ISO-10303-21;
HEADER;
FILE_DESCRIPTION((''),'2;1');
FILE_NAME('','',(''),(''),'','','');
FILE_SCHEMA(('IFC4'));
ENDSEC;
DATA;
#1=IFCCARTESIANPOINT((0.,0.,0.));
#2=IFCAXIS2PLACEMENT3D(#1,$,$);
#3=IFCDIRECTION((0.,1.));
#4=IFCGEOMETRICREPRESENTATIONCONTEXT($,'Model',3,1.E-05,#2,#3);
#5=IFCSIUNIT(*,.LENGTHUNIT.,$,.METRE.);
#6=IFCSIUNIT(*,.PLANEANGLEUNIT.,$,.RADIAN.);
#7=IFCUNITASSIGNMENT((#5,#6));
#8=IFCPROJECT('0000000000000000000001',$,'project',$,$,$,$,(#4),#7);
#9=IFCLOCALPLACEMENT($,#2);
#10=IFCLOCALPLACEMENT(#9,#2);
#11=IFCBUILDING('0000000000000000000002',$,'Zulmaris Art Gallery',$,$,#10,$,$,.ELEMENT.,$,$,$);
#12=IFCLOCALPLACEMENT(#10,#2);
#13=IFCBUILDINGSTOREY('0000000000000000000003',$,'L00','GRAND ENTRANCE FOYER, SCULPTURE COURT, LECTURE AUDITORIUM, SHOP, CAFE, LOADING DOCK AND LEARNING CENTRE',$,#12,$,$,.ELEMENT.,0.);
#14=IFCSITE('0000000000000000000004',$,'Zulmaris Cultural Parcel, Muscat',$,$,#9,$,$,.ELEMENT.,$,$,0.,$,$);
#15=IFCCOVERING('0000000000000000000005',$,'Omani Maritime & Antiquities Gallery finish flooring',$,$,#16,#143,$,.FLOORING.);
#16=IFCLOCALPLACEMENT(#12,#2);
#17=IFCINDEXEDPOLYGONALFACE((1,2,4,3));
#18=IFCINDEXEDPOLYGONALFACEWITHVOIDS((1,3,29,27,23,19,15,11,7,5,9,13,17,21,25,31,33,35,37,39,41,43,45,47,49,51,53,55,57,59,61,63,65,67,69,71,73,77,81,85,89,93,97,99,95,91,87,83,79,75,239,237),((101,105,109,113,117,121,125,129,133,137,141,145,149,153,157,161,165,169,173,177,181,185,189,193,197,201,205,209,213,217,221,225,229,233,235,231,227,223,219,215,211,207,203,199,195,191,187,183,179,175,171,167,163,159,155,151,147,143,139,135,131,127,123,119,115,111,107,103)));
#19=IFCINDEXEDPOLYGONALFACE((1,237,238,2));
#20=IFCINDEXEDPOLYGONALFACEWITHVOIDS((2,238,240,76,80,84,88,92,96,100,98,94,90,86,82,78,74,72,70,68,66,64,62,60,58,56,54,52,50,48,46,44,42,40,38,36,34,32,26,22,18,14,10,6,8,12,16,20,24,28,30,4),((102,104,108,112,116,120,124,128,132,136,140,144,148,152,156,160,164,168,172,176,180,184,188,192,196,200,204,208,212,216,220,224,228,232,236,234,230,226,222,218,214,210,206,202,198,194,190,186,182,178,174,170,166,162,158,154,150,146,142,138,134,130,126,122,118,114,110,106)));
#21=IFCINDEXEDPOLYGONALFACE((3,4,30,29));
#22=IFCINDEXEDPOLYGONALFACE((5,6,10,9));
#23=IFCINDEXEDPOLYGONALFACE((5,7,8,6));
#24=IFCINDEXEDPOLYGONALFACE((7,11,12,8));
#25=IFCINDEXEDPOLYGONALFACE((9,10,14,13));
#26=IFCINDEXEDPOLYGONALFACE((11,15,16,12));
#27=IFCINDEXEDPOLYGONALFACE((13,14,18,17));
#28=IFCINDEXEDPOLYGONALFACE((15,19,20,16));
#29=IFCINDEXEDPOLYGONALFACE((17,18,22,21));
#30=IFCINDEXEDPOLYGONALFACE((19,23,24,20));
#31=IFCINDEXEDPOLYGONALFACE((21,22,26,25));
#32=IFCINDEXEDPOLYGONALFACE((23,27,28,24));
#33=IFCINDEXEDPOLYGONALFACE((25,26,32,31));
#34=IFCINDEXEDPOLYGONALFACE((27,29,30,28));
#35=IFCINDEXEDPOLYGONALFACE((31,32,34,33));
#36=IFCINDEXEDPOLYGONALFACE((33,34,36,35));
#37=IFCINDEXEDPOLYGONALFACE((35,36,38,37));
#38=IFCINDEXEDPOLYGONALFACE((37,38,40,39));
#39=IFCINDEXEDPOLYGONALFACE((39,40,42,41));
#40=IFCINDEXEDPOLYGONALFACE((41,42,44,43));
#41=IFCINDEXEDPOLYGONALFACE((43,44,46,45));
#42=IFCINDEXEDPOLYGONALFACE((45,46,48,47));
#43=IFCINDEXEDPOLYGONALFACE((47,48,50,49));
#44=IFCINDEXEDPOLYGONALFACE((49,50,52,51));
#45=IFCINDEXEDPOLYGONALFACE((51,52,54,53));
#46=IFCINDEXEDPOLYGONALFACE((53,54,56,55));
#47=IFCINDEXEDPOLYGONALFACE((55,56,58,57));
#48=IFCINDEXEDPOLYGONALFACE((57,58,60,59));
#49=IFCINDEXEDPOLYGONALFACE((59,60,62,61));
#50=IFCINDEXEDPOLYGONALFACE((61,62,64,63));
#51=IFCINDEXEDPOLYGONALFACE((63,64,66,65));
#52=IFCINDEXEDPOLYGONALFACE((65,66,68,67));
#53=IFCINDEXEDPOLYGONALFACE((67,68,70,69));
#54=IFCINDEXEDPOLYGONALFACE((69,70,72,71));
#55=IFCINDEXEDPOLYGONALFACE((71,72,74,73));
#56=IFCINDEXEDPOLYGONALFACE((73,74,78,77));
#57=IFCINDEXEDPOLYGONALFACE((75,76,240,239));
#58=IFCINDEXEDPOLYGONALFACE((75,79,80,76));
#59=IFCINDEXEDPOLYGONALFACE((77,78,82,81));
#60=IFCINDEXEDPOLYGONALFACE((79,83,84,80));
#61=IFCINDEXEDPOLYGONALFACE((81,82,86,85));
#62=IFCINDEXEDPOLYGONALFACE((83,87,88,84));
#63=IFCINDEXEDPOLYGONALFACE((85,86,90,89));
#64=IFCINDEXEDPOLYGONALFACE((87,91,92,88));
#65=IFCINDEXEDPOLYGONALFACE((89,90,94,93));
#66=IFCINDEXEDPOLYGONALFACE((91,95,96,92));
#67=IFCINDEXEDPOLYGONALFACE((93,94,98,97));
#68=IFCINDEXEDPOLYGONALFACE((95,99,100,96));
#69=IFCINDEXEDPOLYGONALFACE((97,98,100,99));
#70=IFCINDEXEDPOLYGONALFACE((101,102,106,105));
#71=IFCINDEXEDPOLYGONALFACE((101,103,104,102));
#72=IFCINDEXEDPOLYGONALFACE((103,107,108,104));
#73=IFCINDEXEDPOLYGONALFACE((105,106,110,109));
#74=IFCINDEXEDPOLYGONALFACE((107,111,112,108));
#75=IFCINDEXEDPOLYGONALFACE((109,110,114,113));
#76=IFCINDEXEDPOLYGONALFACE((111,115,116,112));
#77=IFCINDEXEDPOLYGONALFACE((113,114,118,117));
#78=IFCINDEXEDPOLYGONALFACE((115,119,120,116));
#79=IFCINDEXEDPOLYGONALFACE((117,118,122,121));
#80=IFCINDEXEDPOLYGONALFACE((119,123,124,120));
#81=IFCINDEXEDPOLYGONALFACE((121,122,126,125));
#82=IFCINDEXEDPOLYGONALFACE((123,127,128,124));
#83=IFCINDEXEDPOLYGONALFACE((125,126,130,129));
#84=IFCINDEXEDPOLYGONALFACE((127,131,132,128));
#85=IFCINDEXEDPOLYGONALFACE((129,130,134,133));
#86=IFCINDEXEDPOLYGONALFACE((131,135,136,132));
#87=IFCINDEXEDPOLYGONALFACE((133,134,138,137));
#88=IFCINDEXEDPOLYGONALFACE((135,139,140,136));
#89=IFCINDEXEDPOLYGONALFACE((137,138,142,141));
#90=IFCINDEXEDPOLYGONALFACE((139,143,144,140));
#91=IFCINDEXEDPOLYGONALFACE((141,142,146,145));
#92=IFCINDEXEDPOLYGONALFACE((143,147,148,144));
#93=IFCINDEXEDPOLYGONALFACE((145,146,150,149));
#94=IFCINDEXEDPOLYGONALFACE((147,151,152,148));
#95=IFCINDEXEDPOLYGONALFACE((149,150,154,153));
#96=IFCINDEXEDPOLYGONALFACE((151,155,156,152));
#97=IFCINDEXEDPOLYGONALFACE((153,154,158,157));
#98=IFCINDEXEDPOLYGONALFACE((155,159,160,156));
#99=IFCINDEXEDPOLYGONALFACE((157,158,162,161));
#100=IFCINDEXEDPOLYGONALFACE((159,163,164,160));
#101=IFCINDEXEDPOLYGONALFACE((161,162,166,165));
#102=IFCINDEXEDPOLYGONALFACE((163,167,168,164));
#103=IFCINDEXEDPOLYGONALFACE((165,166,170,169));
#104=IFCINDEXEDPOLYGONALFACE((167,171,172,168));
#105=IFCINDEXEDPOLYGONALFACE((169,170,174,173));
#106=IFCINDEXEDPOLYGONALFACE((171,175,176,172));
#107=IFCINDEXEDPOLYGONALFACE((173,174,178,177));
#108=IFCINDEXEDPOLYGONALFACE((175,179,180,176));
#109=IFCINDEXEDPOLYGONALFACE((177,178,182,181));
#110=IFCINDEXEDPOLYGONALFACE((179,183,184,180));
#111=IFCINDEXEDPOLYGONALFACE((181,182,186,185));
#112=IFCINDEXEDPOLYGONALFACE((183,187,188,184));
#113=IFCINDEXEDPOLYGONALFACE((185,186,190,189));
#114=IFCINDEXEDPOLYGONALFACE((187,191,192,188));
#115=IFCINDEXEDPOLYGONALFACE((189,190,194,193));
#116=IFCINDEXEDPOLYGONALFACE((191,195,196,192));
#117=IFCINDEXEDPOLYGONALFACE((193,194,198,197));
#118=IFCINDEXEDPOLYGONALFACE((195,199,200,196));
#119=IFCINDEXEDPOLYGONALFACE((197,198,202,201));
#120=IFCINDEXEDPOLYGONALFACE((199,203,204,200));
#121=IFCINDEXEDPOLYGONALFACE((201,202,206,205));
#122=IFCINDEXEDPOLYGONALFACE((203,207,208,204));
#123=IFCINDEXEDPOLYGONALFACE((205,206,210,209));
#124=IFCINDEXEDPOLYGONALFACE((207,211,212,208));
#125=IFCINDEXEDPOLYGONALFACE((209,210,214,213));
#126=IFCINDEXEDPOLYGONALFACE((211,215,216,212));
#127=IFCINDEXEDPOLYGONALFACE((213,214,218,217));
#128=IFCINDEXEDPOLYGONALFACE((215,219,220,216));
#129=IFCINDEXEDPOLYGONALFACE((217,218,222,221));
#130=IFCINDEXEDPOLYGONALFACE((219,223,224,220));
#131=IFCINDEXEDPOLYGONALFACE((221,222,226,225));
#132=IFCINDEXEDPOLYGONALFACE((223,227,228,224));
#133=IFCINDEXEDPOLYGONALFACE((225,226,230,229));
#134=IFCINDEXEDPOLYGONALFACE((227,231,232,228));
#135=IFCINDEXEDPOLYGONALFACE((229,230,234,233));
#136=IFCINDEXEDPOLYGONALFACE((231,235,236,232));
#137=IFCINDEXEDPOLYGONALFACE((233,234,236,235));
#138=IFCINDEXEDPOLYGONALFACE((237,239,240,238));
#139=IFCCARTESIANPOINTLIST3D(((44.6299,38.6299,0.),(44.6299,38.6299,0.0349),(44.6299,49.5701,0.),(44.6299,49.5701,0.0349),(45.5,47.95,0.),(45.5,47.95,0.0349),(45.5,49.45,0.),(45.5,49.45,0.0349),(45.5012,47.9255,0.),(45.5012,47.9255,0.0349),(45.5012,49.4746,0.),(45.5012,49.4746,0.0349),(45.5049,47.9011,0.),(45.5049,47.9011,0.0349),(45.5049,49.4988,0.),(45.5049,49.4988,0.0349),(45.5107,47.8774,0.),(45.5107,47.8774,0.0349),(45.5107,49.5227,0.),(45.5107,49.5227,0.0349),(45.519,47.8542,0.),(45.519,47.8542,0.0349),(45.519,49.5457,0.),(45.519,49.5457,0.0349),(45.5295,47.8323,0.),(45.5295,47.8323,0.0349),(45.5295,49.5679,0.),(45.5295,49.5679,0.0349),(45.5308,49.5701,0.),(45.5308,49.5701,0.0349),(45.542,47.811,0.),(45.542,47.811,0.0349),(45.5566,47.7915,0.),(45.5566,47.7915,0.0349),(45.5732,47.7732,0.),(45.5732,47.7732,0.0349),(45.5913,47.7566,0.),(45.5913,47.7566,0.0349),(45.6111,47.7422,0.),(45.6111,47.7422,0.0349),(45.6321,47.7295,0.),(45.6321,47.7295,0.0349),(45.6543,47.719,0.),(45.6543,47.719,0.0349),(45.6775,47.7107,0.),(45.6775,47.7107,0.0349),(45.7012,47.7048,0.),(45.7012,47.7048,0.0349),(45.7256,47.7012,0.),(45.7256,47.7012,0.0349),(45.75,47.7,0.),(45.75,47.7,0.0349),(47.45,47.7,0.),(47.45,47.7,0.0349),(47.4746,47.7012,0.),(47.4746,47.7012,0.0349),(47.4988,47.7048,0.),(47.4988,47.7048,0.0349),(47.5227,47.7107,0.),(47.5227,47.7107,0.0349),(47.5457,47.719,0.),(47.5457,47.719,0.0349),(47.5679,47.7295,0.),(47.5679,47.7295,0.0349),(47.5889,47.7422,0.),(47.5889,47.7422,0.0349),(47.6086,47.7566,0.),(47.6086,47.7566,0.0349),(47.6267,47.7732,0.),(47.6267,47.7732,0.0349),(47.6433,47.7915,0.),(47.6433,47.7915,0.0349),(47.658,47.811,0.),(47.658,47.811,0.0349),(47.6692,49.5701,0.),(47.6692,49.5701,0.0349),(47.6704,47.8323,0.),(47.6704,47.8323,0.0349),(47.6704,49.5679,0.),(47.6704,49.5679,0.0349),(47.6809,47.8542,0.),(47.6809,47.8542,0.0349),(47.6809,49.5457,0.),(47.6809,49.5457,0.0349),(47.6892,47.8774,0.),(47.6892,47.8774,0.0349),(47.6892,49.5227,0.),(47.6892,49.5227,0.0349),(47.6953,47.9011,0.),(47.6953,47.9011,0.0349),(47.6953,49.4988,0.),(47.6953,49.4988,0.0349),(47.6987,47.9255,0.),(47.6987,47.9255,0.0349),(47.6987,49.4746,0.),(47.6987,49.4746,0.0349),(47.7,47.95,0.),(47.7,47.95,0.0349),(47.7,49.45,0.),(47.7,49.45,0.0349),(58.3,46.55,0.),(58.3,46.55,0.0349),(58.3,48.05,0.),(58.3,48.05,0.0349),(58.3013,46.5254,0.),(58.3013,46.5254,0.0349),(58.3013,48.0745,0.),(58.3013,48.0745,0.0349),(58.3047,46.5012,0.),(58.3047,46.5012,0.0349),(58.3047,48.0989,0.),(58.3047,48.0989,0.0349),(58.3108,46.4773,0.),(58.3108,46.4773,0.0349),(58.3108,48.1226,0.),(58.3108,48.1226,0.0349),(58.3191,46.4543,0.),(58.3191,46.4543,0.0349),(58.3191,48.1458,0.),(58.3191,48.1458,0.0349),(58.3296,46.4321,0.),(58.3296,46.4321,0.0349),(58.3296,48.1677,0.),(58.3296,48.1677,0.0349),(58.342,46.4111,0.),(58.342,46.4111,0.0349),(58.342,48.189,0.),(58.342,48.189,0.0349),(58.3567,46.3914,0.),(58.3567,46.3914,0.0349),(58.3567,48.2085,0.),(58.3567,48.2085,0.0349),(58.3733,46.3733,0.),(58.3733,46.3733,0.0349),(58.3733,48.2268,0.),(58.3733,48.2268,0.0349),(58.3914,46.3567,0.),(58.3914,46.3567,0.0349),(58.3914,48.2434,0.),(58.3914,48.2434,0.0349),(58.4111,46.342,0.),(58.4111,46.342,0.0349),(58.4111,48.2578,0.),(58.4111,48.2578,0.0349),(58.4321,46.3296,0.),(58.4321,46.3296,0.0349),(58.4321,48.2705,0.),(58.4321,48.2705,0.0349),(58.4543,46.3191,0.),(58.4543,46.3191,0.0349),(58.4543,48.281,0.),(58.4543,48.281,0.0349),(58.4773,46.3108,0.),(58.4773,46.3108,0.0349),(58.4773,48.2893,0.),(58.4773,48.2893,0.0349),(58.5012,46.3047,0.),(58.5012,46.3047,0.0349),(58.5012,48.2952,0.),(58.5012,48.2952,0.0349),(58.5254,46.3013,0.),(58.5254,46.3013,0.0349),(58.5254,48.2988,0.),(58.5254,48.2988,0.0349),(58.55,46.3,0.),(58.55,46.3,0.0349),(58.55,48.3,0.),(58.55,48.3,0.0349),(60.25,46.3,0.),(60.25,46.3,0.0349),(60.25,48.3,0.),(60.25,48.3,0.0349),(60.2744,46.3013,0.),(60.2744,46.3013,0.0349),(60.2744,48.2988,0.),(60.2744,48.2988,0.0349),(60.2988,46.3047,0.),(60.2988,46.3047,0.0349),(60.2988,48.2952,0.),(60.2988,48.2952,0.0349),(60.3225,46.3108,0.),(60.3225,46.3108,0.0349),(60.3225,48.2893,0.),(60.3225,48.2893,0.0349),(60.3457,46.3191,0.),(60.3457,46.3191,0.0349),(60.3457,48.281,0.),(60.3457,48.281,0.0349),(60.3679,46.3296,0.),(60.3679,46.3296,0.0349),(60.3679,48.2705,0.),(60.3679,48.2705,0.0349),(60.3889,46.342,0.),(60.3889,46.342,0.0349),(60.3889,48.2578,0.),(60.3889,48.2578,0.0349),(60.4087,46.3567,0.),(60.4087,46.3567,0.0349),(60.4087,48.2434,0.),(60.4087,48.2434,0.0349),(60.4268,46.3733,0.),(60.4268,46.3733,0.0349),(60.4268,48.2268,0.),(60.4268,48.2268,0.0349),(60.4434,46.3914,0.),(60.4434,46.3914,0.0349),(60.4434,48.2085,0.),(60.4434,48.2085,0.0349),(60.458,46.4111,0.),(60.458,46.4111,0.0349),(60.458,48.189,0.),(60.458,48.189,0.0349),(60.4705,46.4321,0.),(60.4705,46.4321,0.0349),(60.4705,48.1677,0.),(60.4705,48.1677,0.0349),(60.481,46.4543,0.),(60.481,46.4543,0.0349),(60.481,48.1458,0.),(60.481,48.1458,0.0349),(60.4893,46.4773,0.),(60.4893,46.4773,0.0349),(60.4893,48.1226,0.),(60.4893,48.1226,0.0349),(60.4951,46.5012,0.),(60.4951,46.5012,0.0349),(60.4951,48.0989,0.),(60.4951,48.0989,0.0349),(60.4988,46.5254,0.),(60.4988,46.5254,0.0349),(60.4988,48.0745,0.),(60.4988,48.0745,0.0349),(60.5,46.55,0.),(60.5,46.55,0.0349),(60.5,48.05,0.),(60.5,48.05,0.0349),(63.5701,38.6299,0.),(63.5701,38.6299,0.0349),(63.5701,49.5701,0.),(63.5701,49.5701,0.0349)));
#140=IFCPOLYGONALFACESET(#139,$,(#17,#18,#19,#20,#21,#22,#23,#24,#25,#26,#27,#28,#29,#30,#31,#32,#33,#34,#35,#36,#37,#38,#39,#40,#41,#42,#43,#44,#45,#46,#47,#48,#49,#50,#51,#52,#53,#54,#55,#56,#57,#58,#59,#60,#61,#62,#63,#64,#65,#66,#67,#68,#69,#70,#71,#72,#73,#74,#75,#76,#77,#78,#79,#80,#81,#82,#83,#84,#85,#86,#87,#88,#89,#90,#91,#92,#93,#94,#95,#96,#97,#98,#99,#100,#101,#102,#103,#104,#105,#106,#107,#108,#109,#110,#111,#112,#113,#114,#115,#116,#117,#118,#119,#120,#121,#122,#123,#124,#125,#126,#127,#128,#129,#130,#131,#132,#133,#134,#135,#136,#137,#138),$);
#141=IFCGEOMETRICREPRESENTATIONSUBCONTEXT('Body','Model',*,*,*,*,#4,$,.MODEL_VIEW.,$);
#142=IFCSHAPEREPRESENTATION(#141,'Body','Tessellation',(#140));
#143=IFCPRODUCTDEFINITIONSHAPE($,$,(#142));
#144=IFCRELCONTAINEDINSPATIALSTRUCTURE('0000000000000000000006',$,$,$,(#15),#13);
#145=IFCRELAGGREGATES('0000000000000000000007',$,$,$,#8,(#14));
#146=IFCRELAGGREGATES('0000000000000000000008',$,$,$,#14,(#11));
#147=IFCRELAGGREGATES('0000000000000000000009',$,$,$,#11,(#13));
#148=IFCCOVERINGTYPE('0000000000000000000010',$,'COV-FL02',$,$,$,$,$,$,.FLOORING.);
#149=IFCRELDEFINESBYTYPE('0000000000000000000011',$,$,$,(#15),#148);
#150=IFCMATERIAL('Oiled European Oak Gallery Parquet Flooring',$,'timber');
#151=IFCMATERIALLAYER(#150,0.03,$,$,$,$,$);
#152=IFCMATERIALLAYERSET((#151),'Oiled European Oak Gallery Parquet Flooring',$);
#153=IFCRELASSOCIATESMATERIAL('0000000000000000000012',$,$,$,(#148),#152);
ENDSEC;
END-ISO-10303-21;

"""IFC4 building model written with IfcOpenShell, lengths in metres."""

from ifc_helpers import new_model, si_unit, direction, origin, place, context, subcontext, project, spatial, polyline, outline, extrude, material, layer, layer_set, type_object, element, save


model = new_model("IFC4")

# Units and contexts
model_context = context("Model", 3, precision=1e-05, world=origin(), true_north=direction((0.0, 1.0)))
body_context = subcontext(model_context, "Body", "Model", "MODEL_VIEW")
ifc_project = project(units=[si_unit("LENGTHUNIT", "METRE"), si_unit("PLANEANGLEUNIT", "RADIAN")], contexts=[model_context])

# Site, building, storey
site_placement = place(None, origin())
site = spatial("IfcSite", under=ifc_project, at=site_placement, Name="Zulmaris Cultural Parcel, Muscat", CompositionType="ELEMENT", RefElevation=0.0)
building_placement = place(site_placement, origin())
building = spatial("IfcBuilding", under=site, at=building_placement, Name="Zulmaris Art Gallery", CompositionType="ELEMENT")
storey_placement = place(building_placement, origin())
storey = spatial("IfcBuildingStorey", under=building, at=storey_placement, Name="L00", Description="GRAND ENTRANCE FOYER, SCULPTURE COURT, LECTURE AUDITORIUM, SHOP, CAFE, LOADING DOCK AND LEARNING CENTRE", CompositionType="ELEMENT", Elevation=0.0)

# Covering
ifc_material_1 = material(Name="Oiled European Oak Gallery Parquet Flooring", Category="timber")
ifc_layer_1 = layer(ifc_material_1, 0.03)
ifc_layer_set_1 = layer_set([ifc_layer_1], Name="Oiled European Oak Gallery Parquet Flooring")
covering_type_1 = type_object("IfcCoveringType", Name="COV-FL02", PredefinedType="FLOORING", material=ifc_layer_set_1)
covering_1_placement = place(storey_placement, origin())
element("IfcCovering", 1, at=covering_1_placement, inside=storey, type_object=covering_type_1, Name="Omani Maritime & Antiquities Gallery finish flooring", PredefinedType="FLOORING", context=body_context, shape_type="SweptSolid", body=[
    extrude(outline(polyline([(45.5012, 47.9255), (45.5049, 47.9011), (45.5107, 47.8774), (45.519, 47.8542), (45.5295, 47.8323), (45.542, 47.811), (45.5566, 47.7915), (45.5732, 47.7732), (45.5913, 47.7566), (45.6111, 47.7422), (45.6321, 47.7295), (45.6543, 47.719), (45.6775, 47.7107), (45.7012, 47.7048), (45.7256, 47.7012), (45.75, 47.7), (47.45, 47.7), (47.4746, 47.7012), (47.4988, 47.7048), (47.5227, 47.7107), (47.5457, 47.719), (47.5679, 47.7295), (47.5889, 47.7422), (47.6086, 47.7566), (47.6267, 47.7732), (47.6433, 47.7915), (47.658, 47.811), (47.6704, 47.8323), (47.6809, 47.8542), (47.6892, 47.8774), (47.6953, 47.9011), (47.6987, 47.9255), (47.7, 47.95), (47.7, 49.45), (47.6987, 49.4746), (47.6953, 49.4988), (47.6892, 49.5227), (47.6809, 49.5457), (47.6704, 49.5679), (47.6692, 49.5701), (63.5701, 49.5701), (63.5701, 38.6299), (44.6299, 38.6299), (44.6299, 49.5701), (45.5308, 49.5701), (45.5295, 49.5679), (45.519, 49.5457), (45.5107, 49.5227), (45.5049, 49.4988), (45.5012, 49.4746), (45.5, 49.45), (45.5, 47.95), (45.5012, 47.9255)]), holes=[polyline([(58.5254, 48.2988), (58.5012, 48.2952), (58.4773, 48.2893), (58.4543, 48.281), (58.4321, 48.2705), (58.4111, 48.2578), (58.3914, 48.2434), (58.3733, 48.2268), (58.3567, 48.2085), (58.342, 48.189), (58.3296, 48.1677), (58.3191, 48.1458), (58.3108, 48.1226), (58.3047, 48.0989), (58.3013, 48.0745), (58.3, 48.05), (58.3, 46.55), (58.3013, 46.5254), (58.3047, 46.5012), (58.3108, 46.4773), (58.3191, 46.4543), (58.3296, 46.4321), (58.342, 46.4111), (58.3567, 46.3914), (58.3733, 46.3733), (58.3914, 46.3567), (58.4111, 46.342), (58.4321, 46.3296), (58.4543, 46.3191), (58.4773, 46.3108), (58.5012, 46.3047), (58.5254, 46.3013), (58.55, 46.3), (60.25, 46.3), (60.2744, 46.3013), (60.2988, 46.3047), (60.3225, 46.3108), (60.3457, 46.3191), (60.3679, 46.3296), (60.3889, 46.342), (60.4087, 46.3567), (60.4268, 46.3733), (60.4434, 46.3914), (60.458, 46.4111), (60.4705, 46.4321), (60.481, 46.4543), (60.4893, 46.4773), (60.4951, 46.5012), (60.4988, 46.5254), (60.5, 46.55), (60.5, 48.05), (60.4988, 48.0745), (60.4951, 48.0989), (60.4893, 48.1226), (60.481, 48.1458), (60.4705, 48.1677), (60.458, 48.189), (60.4434, 48.2085), (60.4268, 48.2268), (60.4087, 48.2434), (60.3889, 48.2578), (60.3679, 48.2705), (60.3457, 48.281), (60.3225, 48.2893), (60.2988, 48.2952), (60.2744, 48.2988), (60.25, 48.3), (58.55, 48.3), (58.5254, 48.2988)])]), origin(), (0.0, 0.0, 1.0), 0.0349),
])

save(model, "model.ifc")
